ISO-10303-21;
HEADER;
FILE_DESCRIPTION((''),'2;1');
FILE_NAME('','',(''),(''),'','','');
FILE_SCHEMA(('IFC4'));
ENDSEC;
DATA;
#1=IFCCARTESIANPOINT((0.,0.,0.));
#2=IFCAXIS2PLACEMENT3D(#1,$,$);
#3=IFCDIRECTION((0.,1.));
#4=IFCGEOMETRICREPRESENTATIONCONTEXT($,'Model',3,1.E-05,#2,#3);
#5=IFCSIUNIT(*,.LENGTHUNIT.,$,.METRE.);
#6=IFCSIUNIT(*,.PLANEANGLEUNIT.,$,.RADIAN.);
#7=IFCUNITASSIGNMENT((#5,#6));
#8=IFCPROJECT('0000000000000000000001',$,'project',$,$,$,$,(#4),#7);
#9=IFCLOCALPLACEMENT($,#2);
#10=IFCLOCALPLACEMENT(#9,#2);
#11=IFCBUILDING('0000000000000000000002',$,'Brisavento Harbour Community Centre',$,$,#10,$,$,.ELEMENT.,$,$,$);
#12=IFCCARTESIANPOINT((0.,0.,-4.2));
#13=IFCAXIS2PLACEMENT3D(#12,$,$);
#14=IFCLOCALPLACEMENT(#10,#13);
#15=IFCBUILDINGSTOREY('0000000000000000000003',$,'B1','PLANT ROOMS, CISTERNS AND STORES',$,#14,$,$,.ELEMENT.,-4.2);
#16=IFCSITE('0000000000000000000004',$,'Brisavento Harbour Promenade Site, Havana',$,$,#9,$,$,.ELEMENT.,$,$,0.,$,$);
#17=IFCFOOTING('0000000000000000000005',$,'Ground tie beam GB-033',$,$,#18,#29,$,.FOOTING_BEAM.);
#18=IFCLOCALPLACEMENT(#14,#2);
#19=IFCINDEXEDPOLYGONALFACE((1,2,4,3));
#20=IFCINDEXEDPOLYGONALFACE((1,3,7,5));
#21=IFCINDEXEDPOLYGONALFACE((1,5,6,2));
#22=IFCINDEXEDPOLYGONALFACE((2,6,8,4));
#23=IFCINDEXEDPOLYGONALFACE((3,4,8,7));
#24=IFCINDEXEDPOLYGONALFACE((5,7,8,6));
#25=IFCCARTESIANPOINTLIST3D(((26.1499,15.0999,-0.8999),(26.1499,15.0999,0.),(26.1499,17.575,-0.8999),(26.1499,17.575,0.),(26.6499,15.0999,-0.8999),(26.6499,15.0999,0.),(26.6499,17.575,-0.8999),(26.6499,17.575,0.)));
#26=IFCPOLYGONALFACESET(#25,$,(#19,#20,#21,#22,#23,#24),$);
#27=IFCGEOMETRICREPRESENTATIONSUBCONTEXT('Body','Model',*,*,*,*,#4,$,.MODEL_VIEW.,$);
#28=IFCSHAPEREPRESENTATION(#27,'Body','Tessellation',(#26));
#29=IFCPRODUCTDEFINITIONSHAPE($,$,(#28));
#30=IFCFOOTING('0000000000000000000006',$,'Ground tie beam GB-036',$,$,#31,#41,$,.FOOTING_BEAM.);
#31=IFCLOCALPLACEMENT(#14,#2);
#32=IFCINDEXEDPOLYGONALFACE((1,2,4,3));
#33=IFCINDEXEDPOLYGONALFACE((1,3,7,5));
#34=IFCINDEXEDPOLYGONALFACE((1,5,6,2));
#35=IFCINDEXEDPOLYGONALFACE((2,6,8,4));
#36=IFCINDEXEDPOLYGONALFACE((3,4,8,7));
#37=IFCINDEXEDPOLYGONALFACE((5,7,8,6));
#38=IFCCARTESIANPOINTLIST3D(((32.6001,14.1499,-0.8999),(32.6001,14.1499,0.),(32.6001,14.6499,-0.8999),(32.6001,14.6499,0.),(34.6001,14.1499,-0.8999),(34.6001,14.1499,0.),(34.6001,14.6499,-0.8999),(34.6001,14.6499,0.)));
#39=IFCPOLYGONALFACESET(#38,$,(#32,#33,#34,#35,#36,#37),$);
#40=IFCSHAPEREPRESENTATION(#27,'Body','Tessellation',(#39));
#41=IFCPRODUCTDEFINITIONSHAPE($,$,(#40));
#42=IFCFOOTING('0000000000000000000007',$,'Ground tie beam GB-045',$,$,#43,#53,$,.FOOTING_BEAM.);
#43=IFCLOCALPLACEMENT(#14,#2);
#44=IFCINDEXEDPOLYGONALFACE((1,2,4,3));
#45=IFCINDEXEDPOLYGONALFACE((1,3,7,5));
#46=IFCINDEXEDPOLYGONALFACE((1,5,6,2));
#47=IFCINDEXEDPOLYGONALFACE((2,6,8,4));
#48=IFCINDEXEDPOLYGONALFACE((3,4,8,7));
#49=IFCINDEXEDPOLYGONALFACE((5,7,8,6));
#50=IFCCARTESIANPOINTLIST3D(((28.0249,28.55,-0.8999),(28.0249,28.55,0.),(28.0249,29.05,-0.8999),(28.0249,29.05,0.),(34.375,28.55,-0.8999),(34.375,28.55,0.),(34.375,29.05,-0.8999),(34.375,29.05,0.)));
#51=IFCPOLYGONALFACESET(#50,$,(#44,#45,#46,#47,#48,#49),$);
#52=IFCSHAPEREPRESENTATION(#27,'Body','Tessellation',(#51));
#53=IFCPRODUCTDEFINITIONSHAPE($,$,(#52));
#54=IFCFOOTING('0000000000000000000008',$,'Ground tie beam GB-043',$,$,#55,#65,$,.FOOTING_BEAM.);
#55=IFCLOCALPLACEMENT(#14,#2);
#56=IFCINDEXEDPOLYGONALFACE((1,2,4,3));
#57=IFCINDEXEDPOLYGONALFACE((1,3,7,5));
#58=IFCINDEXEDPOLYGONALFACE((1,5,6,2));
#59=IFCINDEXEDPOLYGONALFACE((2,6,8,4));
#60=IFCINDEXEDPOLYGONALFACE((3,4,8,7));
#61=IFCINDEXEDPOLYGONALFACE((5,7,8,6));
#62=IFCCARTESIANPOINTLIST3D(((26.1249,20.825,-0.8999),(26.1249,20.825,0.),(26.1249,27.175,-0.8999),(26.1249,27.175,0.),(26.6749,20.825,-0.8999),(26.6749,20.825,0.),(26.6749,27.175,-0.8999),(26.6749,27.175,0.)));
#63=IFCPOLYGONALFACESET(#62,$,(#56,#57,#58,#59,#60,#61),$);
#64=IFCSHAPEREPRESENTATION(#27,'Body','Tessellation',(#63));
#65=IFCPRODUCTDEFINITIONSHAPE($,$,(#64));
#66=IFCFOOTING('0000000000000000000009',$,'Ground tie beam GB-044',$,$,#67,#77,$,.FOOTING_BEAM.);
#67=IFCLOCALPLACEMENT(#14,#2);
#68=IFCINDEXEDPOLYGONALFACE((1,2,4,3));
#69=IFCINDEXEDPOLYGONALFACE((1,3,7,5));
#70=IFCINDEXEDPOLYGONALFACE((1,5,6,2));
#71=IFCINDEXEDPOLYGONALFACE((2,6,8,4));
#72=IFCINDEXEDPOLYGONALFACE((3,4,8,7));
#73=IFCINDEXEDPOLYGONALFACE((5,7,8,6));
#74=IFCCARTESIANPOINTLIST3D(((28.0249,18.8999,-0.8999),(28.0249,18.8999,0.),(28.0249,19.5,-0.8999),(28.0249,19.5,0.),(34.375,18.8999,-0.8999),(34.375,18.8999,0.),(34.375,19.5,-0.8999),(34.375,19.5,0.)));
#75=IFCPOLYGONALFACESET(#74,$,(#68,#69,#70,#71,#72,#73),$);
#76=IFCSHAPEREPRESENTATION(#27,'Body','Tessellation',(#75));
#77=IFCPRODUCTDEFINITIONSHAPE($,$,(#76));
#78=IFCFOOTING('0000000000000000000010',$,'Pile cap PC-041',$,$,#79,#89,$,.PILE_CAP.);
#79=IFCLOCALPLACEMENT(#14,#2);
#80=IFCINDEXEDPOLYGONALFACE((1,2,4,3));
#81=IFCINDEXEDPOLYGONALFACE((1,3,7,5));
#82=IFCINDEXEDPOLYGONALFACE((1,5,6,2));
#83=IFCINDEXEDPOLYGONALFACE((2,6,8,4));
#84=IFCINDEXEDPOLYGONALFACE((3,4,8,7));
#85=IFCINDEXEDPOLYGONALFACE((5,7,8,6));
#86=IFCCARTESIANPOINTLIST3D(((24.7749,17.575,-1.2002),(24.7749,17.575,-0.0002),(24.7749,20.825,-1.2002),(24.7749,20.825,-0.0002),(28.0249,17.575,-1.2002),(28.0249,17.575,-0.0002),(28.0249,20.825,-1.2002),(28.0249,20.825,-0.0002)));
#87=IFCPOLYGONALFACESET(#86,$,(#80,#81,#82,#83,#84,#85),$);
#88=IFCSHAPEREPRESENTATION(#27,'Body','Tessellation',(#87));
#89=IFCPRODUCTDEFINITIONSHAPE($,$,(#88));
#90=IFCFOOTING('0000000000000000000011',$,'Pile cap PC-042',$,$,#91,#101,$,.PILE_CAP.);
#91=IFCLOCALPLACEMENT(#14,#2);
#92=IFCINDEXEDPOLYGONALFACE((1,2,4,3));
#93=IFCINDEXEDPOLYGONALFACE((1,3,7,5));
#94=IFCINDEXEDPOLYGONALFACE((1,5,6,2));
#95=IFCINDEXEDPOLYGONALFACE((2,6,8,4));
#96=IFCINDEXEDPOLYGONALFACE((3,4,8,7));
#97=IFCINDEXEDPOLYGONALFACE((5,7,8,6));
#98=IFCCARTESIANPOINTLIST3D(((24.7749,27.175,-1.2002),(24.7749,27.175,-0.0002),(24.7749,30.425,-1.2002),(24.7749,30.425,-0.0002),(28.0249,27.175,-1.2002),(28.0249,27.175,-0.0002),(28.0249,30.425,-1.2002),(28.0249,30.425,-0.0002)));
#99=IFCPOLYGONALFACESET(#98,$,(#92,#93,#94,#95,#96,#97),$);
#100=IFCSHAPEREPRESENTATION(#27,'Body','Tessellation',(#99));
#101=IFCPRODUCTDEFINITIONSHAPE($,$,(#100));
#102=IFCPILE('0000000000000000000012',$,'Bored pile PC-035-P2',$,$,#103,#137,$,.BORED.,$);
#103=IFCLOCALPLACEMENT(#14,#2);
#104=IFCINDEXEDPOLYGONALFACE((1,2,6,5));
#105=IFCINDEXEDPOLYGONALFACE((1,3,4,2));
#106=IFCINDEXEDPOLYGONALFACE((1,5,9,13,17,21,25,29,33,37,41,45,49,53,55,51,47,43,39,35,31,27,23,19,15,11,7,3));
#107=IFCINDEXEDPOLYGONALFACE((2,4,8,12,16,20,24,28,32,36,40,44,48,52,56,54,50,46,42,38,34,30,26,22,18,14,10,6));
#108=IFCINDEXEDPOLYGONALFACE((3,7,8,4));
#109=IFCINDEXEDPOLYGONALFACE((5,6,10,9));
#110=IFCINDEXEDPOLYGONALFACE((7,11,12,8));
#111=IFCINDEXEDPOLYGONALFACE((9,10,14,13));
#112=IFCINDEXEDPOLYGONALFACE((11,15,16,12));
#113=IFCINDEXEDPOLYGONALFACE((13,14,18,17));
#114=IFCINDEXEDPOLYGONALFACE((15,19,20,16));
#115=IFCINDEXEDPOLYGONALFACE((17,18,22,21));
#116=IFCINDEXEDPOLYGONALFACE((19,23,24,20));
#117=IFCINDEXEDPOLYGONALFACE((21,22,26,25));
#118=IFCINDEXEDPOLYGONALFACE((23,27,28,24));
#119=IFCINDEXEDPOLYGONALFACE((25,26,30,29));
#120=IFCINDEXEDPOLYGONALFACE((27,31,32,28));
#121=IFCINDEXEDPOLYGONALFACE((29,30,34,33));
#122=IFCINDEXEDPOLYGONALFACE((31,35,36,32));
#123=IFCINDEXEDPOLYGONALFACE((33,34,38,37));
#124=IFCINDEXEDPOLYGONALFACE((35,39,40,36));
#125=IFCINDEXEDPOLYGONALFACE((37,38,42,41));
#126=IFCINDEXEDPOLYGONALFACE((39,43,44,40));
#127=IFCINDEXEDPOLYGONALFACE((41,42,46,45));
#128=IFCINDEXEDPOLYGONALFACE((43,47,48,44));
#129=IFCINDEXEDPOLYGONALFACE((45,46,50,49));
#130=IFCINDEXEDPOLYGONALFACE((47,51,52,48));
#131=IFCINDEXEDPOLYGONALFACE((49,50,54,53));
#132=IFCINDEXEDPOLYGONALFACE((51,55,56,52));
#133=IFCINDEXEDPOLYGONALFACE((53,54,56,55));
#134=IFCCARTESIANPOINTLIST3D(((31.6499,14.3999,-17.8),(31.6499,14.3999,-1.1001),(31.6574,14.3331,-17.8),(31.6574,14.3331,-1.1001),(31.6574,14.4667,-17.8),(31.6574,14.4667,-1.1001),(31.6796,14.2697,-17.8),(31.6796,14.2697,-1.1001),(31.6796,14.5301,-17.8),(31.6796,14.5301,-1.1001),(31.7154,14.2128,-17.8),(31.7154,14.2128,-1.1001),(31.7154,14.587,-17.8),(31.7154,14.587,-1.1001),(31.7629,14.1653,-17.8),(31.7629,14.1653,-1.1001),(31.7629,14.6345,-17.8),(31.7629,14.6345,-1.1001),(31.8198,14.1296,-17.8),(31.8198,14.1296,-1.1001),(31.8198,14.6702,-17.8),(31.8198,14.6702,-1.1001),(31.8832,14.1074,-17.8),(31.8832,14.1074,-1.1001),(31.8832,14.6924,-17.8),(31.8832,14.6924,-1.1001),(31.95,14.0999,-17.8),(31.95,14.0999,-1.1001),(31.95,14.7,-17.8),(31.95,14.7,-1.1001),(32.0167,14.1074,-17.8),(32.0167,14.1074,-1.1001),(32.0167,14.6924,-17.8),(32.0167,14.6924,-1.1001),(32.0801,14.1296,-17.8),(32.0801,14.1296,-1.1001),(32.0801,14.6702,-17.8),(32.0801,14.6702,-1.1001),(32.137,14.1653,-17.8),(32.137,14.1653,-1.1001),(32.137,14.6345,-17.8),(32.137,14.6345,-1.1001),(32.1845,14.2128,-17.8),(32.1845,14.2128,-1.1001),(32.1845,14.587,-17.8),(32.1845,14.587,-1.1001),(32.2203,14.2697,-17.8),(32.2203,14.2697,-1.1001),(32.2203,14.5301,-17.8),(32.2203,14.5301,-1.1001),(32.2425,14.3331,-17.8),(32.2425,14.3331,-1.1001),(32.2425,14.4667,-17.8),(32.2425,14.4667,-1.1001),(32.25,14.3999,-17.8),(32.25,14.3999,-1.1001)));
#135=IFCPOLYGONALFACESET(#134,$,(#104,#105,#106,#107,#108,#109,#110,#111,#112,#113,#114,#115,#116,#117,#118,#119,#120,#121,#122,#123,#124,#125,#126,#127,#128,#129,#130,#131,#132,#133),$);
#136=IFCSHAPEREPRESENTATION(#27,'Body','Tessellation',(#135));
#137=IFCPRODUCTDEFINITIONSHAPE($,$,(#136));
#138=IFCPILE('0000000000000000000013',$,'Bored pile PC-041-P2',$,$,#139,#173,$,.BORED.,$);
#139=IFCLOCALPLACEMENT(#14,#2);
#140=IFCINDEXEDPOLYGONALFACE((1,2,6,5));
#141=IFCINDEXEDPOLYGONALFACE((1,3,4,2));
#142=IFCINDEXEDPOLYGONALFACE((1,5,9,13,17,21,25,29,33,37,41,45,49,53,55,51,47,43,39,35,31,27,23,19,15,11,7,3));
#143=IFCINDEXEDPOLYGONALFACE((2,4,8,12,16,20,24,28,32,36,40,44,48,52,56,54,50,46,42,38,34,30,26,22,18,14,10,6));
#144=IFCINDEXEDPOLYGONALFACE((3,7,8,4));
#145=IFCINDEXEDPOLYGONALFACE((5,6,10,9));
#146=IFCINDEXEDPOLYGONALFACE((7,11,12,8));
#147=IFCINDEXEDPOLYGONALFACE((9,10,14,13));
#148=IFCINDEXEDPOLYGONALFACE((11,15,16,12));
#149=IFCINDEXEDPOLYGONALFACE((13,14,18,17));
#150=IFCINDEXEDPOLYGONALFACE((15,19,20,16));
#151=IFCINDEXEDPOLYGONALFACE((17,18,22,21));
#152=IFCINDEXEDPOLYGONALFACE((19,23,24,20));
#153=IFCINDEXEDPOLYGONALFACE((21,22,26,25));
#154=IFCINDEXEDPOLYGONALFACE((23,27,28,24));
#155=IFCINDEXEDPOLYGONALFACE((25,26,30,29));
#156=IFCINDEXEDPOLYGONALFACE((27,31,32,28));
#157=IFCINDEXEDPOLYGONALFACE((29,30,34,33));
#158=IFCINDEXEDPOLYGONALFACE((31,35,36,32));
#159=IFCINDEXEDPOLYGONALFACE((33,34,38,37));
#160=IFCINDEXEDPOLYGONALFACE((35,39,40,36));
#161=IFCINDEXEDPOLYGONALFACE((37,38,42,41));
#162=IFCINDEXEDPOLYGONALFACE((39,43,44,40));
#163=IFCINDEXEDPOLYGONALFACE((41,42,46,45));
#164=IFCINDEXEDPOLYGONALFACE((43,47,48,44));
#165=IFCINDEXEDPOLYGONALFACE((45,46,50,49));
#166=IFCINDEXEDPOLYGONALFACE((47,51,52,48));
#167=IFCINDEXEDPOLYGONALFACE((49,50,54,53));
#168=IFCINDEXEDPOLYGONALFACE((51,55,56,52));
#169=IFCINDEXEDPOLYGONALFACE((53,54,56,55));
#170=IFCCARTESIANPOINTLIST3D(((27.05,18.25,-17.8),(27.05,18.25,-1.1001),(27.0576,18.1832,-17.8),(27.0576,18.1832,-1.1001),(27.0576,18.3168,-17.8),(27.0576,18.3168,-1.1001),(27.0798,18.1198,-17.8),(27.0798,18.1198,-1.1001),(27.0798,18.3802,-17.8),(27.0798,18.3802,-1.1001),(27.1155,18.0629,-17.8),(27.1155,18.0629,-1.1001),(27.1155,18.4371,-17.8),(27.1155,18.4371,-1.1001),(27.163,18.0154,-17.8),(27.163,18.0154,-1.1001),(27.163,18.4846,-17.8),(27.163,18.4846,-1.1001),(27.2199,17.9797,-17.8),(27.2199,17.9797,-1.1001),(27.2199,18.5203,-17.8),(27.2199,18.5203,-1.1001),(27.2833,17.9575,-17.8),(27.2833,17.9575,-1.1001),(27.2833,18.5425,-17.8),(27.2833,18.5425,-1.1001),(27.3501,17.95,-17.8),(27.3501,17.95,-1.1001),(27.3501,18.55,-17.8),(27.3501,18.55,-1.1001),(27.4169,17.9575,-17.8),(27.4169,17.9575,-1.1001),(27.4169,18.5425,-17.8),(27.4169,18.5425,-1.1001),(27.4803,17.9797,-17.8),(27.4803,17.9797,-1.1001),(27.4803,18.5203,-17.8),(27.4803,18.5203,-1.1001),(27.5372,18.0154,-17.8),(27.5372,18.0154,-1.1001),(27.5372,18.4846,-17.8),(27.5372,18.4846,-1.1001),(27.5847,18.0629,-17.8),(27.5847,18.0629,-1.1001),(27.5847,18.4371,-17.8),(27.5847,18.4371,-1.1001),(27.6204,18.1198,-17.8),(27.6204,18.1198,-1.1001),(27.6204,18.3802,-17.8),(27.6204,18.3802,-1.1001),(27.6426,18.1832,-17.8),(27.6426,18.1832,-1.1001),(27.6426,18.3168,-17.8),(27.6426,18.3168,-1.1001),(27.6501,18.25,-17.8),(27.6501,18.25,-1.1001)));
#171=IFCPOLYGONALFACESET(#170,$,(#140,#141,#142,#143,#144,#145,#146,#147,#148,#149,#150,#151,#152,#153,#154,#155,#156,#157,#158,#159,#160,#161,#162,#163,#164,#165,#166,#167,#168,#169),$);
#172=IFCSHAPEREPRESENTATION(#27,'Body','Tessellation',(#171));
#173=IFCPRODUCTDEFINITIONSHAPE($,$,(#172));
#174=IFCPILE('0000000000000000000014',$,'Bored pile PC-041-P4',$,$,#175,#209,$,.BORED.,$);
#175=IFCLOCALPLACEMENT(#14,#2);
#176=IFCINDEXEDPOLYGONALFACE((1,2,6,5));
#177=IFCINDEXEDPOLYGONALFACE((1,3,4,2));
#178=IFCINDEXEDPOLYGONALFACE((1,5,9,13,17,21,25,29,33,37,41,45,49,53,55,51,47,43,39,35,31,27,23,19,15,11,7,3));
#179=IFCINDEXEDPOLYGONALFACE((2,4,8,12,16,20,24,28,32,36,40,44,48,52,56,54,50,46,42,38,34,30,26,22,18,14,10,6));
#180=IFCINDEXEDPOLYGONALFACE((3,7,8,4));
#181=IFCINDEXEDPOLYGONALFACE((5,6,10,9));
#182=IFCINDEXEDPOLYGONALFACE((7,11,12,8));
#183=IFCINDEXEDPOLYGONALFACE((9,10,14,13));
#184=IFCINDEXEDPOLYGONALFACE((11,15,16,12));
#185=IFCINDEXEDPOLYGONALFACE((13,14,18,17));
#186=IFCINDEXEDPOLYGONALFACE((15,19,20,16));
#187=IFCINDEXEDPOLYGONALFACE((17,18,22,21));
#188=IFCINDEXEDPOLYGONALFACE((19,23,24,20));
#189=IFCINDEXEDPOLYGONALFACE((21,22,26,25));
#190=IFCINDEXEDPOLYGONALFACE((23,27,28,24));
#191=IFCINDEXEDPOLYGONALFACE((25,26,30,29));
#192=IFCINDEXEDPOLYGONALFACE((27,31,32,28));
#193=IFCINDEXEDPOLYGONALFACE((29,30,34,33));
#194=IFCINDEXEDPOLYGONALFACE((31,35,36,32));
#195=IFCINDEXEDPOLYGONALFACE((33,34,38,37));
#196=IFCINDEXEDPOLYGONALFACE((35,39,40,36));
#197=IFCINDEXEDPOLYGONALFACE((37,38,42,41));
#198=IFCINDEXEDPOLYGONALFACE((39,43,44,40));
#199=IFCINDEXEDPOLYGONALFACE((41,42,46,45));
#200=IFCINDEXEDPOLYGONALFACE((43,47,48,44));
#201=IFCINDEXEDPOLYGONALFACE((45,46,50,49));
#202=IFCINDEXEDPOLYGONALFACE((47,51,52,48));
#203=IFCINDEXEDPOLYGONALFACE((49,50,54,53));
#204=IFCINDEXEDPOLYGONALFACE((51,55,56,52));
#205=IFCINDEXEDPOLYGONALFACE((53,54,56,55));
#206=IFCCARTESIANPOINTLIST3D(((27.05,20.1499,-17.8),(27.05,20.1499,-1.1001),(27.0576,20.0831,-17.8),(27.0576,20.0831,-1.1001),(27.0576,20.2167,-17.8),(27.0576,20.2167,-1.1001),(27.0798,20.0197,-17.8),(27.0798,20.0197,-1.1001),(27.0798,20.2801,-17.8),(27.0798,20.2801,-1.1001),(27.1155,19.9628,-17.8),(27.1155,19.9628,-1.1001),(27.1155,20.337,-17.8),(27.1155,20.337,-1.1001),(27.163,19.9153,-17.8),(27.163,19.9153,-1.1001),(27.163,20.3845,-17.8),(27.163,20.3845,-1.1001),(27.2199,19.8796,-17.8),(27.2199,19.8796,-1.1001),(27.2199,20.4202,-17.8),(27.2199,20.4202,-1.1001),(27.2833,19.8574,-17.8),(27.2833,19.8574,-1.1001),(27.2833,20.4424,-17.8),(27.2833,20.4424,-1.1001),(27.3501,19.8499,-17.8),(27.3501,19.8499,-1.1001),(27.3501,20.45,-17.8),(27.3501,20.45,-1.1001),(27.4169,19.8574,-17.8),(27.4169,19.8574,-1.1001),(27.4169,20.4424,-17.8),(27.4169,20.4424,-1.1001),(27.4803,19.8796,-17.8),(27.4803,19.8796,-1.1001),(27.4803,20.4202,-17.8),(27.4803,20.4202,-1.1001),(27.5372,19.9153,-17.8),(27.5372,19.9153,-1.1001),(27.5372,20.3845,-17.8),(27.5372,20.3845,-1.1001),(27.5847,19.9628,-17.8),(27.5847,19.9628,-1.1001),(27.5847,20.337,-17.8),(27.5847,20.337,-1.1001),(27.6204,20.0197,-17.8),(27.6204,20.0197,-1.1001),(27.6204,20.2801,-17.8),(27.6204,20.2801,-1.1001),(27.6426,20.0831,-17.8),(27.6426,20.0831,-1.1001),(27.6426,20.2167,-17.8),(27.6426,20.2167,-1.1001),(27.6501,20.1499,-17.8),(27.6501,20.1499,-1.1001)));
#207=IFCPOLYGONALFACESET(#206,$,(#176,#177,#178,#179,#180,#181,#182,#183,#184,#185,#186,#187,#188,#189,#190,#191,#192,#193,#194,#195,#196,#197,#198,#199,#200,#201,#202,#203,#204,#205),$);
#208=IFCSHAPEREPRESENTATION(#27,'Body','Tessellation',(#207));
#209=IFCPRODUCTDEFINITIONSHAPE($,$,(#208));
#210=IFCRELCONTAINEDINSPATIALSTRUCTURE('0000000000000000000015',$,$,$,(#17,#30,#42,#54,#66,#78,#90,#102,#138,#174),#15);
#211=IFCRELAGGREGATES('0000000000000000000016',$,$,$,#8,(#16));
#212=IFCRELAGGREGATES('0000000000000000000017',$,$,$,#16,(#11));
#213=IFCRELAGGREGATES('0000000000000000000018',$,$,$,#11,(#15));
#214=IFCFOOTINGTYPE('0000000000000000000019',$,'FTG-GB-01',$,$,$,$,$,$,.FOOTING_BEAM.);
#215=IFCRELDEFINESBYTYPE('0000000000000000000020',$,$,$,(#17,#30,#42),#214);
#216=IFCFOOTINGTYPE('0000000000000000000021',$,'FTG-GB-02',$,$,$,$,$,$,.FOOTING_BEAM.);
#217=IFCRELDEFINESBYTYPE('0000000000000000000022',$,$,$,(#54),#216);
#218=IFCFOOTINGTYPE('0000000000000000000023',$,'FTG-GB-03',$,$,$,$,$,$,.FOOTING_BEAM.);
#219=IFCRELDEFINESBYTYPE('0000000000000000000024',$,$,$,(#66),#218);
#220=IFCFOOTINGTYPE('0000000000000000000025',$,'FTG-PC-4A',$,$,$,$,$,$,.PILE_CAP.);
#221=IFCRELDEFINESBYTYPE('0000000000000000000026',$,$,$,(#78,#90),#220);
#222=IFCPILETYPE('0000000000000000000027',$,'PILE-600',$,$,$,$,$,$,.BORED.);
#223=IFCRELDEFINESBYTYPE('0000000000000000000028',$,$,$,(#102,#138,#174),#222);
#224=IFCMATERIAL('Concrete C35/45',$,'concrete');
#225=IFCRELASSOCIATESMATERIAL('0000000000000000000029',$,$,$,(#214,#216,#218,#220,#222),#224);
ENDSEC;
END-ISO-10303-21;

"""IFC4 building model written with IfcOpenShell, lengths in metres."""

from ifc_helpers import new_model, si_unit, direction, frame, origin, origin_2d, place, context, subcontext, project, spatial, rectangle, circle, extrude, material, material_profile, profile_set, type_object, element, save


model = new_model("IFC4")

# Units and contexts
model_context = context("Model", 3, precision=1e-05, world=origin(), true_north=direction((0.0, 1.0)))
body_context = subcontext(model_context, "Body", "Model", "MODEL_VIEW")
ifc_project = project(units=[si_unit("LENGTHUNIT", "METRE"), si_unit("PLANEANGLEUNIT", "RADIAN")], contexts=[model_context])

# Site, building, storey
site_placement = place(None, origin())
site = spatial("IfcSite", under=ifc_project, at=site_placement, Name="Brisavento Harbour Promenade Site, Havana", CompositionType="ELEMENT", RefElevation=0.0)
building_placement = place(site_placement, origin())
building = spatial("IfcBuilding", under=site, at=building_placement, Name="Brisavento Harbour Community Centre", CompositionType="ELEMENT")
storey_placement = place(building_placement, frame((0.0, 0.0, -4.2)))
storey = spatial("IfcBuildingStorey", under=building, at=storey_placement, Name="B1", Description="PLANT ROOMS, CISTERNS AND STORES", CompositionType="ELEMENT", Elevation=-4.2)

# Footings
ifc_material_1 = material(Name="Concrete C35/45", Category="concrete")
footing_type_1 = type_object("IfcFootingType", Name="FTG-GB-01", PredefinedType="FOOTING_BEAM", material=ifc_material_1)
footing_1_placement = place(storey_placement, frame((26.3999, 16.3374, -0.8999), z_axis=(0.0, 0.0, 1.0), x_axis=(1.0, 0.0, 0.0)))
element("IfcFooting", 1, at=footing_1_placement, inside=storey, type_object=footing_type_1, Name="Ground tie beam GB-033", PredefinedType="FOOTING_BEAM", context=body_context, shape_type="SweptSolid", body=[
    extrude(rectangle(XDim=0.5, YDim=2.4751, at=origin_2d()), origin(), (0.0, 0.0, 1.0), 0.8999),
])
footing_2_placement = place(storey_placement, frame((33.6001, 14.3999, -0.8999), z_axis=(0.0, 0.0, 1.0), x_axis=(1.0, 0.0, 0.0)))
element("IfcFooting", 2, at=footing_2_placement, inside=storey, type_object=footing_type_1, Name="Ground tie beam GB-036", PredefinedType="FOOTING_BEAM", context=body_context, shape_type="SweptSolid", body=[
    extrude(rectangle(XDim=2.0, YDim=0.5, at=origin_2d()), origin(), (0.0, 0.0, 1.0), 0.8999),
])
footing_3_placement = place(storey_placement, frame((31.2, 28.8, -0.8999), z_axis=(0.0, 0.0, 1.0), x_axis=(1.0, 0.0, 0.0)))
element("IfcFooting", 3, at=footing_3_placement, inside=storey, type_object=footing_type_1, Name="Ground tie beam GB-045", PredefinedType="FOOTING_BEAM", context=body_context, shape_type="SweptSolid", body=[
    extrude(rectangle(XDim=6.3501, YDim=0.5, at=origin_2d()), origin(), (0.0, 0.0, 1.0), 0.8999),
])
footing_type_2 = type_object("IfcFootingType", Name="FTG-GB-02", PredefinedType="FOOTING_BEAM", material=ifc_material_1)
footing_4_placement = place(storey_placement, frame((26.3999, 24.0, -0.8999), z_axis=(0.0, 0.0, 1.0), x_axis=(1.0, 0.0, 0.0)))
element("IfcFooting", 4, at=footing_4_placement, inside=storey, type_object=footing_type_2, Name="Ground tie beam GB-043", PredefinedType="FOOTING_BEAM", context=body_context, shape_type="SweptSolid", body=[
    extrude(rectangle(XDim=0.55, YDim=6.3501, at=origin_2d()), origin(), (0.0, 0.0, 1.0), 0.8999),
])
footing_type_3 = type_object("IfcFootingType", Name="FTG-GB-03", PredefinedType="FOOTING_BEAM", material=ifc_material_1)
footing_5_placement = place(storey_placement, frame((31.2, 19.2, -0.8999), z_axis=(0.0, 0.0, 1.0), x_axis=(1.0, 0.0, 0.0)))
element("IfcFooting", 5, at=footing_5_placement, inside=storey, type_object=footing_type_3, Name="Ground tie beam GB-044", PredefinedType="FOOTING_BEAM", context=body_context, shape_type="SweptSolid", body=[
    extrude(rectangle(XDim=6.3501, YDim=0.6001, at=origin_2d()), origin(), (0.0, 0.0, 1.0), 0.8999),
])
footing_type_4 = type_object("IfcFootingType", Name="FTG-PC-4A", PredefinedType="PILE_CAP", material=ifc_material_1)
for number, where, z_axis, x_axis, name in (
    (6, (26.3999, 19.2, -1.2002), (0.0, 0.0, 1.0), (1.0, 0.0, 0.0), "Pile cap PC-041"),
    (7, (26.3999, 28.8, -1.2002), (0.0, 0.0, 1.0), (1.0, 0.0, 0.0), "Pile cap PC-042"),
):
    element("IfcFooting", number, at=place(storey_placement, frame(where, z_axis=z_axis, x_axis=x_axis)), inside=storey, type_object=footing_type_4, Name=name, PredefinedType="PILE_CAP", context=body_context, shape_type="SweptSolid", body=[
        extrude(rectangle(XDim=3.25, YDim=3.25, at=origin_2d()), origin(), (0.0, 0.0, 1.0), 1.2),
    ])

# Piles
ifc_material_profile_1 = material_profile(ifc_material_1, circle(Radius=0.3, at=origin_2d()), Name="Concrete C35/45")
ifc_profile_set_1 = profile_set([ifc_material_profile_1], Name="Concrete C35/45")
pile_type = type_object("IfcPileType", Name="PILE-600", PredefinedType="BORED", material=ifc_profile_set_1)
for number, where, z_axis, x_axis, name in (
    (8, (31.95, 14.3999, -1.1001), (0.0, 0.0, -1.0), (1.0, 0.0, 0.0), "Bored pile PC-035-P2"),
    (9, (27.3501, 18.25, -1.1001), (0.0, 0.0, -1.0), (1.0, 0.0, 0.0), "Bored pile PC-041-P2"),
    (10, (27.3501, 20.1499, -1.1001), (0.0, 0.0, -1.0), (1.0, 0.0, 0.0), "Bored pile PC-041-P4"),
):
    element("IfcPile", number, at=place(storey_placement, frame(where, z_axis=z_axis, x_axis=x_axis)), inside=storey, type_object=pile_type, Name=name, PredefinedType="BORED", context=body_context, shape_type="SweptSolid", body=[
        extrude(circle(Radius=0.3, at=origin_2d()), origin(), (0.0, 0.0, 1.0), 16.7),
    ])

save(model, "model.ifc")
